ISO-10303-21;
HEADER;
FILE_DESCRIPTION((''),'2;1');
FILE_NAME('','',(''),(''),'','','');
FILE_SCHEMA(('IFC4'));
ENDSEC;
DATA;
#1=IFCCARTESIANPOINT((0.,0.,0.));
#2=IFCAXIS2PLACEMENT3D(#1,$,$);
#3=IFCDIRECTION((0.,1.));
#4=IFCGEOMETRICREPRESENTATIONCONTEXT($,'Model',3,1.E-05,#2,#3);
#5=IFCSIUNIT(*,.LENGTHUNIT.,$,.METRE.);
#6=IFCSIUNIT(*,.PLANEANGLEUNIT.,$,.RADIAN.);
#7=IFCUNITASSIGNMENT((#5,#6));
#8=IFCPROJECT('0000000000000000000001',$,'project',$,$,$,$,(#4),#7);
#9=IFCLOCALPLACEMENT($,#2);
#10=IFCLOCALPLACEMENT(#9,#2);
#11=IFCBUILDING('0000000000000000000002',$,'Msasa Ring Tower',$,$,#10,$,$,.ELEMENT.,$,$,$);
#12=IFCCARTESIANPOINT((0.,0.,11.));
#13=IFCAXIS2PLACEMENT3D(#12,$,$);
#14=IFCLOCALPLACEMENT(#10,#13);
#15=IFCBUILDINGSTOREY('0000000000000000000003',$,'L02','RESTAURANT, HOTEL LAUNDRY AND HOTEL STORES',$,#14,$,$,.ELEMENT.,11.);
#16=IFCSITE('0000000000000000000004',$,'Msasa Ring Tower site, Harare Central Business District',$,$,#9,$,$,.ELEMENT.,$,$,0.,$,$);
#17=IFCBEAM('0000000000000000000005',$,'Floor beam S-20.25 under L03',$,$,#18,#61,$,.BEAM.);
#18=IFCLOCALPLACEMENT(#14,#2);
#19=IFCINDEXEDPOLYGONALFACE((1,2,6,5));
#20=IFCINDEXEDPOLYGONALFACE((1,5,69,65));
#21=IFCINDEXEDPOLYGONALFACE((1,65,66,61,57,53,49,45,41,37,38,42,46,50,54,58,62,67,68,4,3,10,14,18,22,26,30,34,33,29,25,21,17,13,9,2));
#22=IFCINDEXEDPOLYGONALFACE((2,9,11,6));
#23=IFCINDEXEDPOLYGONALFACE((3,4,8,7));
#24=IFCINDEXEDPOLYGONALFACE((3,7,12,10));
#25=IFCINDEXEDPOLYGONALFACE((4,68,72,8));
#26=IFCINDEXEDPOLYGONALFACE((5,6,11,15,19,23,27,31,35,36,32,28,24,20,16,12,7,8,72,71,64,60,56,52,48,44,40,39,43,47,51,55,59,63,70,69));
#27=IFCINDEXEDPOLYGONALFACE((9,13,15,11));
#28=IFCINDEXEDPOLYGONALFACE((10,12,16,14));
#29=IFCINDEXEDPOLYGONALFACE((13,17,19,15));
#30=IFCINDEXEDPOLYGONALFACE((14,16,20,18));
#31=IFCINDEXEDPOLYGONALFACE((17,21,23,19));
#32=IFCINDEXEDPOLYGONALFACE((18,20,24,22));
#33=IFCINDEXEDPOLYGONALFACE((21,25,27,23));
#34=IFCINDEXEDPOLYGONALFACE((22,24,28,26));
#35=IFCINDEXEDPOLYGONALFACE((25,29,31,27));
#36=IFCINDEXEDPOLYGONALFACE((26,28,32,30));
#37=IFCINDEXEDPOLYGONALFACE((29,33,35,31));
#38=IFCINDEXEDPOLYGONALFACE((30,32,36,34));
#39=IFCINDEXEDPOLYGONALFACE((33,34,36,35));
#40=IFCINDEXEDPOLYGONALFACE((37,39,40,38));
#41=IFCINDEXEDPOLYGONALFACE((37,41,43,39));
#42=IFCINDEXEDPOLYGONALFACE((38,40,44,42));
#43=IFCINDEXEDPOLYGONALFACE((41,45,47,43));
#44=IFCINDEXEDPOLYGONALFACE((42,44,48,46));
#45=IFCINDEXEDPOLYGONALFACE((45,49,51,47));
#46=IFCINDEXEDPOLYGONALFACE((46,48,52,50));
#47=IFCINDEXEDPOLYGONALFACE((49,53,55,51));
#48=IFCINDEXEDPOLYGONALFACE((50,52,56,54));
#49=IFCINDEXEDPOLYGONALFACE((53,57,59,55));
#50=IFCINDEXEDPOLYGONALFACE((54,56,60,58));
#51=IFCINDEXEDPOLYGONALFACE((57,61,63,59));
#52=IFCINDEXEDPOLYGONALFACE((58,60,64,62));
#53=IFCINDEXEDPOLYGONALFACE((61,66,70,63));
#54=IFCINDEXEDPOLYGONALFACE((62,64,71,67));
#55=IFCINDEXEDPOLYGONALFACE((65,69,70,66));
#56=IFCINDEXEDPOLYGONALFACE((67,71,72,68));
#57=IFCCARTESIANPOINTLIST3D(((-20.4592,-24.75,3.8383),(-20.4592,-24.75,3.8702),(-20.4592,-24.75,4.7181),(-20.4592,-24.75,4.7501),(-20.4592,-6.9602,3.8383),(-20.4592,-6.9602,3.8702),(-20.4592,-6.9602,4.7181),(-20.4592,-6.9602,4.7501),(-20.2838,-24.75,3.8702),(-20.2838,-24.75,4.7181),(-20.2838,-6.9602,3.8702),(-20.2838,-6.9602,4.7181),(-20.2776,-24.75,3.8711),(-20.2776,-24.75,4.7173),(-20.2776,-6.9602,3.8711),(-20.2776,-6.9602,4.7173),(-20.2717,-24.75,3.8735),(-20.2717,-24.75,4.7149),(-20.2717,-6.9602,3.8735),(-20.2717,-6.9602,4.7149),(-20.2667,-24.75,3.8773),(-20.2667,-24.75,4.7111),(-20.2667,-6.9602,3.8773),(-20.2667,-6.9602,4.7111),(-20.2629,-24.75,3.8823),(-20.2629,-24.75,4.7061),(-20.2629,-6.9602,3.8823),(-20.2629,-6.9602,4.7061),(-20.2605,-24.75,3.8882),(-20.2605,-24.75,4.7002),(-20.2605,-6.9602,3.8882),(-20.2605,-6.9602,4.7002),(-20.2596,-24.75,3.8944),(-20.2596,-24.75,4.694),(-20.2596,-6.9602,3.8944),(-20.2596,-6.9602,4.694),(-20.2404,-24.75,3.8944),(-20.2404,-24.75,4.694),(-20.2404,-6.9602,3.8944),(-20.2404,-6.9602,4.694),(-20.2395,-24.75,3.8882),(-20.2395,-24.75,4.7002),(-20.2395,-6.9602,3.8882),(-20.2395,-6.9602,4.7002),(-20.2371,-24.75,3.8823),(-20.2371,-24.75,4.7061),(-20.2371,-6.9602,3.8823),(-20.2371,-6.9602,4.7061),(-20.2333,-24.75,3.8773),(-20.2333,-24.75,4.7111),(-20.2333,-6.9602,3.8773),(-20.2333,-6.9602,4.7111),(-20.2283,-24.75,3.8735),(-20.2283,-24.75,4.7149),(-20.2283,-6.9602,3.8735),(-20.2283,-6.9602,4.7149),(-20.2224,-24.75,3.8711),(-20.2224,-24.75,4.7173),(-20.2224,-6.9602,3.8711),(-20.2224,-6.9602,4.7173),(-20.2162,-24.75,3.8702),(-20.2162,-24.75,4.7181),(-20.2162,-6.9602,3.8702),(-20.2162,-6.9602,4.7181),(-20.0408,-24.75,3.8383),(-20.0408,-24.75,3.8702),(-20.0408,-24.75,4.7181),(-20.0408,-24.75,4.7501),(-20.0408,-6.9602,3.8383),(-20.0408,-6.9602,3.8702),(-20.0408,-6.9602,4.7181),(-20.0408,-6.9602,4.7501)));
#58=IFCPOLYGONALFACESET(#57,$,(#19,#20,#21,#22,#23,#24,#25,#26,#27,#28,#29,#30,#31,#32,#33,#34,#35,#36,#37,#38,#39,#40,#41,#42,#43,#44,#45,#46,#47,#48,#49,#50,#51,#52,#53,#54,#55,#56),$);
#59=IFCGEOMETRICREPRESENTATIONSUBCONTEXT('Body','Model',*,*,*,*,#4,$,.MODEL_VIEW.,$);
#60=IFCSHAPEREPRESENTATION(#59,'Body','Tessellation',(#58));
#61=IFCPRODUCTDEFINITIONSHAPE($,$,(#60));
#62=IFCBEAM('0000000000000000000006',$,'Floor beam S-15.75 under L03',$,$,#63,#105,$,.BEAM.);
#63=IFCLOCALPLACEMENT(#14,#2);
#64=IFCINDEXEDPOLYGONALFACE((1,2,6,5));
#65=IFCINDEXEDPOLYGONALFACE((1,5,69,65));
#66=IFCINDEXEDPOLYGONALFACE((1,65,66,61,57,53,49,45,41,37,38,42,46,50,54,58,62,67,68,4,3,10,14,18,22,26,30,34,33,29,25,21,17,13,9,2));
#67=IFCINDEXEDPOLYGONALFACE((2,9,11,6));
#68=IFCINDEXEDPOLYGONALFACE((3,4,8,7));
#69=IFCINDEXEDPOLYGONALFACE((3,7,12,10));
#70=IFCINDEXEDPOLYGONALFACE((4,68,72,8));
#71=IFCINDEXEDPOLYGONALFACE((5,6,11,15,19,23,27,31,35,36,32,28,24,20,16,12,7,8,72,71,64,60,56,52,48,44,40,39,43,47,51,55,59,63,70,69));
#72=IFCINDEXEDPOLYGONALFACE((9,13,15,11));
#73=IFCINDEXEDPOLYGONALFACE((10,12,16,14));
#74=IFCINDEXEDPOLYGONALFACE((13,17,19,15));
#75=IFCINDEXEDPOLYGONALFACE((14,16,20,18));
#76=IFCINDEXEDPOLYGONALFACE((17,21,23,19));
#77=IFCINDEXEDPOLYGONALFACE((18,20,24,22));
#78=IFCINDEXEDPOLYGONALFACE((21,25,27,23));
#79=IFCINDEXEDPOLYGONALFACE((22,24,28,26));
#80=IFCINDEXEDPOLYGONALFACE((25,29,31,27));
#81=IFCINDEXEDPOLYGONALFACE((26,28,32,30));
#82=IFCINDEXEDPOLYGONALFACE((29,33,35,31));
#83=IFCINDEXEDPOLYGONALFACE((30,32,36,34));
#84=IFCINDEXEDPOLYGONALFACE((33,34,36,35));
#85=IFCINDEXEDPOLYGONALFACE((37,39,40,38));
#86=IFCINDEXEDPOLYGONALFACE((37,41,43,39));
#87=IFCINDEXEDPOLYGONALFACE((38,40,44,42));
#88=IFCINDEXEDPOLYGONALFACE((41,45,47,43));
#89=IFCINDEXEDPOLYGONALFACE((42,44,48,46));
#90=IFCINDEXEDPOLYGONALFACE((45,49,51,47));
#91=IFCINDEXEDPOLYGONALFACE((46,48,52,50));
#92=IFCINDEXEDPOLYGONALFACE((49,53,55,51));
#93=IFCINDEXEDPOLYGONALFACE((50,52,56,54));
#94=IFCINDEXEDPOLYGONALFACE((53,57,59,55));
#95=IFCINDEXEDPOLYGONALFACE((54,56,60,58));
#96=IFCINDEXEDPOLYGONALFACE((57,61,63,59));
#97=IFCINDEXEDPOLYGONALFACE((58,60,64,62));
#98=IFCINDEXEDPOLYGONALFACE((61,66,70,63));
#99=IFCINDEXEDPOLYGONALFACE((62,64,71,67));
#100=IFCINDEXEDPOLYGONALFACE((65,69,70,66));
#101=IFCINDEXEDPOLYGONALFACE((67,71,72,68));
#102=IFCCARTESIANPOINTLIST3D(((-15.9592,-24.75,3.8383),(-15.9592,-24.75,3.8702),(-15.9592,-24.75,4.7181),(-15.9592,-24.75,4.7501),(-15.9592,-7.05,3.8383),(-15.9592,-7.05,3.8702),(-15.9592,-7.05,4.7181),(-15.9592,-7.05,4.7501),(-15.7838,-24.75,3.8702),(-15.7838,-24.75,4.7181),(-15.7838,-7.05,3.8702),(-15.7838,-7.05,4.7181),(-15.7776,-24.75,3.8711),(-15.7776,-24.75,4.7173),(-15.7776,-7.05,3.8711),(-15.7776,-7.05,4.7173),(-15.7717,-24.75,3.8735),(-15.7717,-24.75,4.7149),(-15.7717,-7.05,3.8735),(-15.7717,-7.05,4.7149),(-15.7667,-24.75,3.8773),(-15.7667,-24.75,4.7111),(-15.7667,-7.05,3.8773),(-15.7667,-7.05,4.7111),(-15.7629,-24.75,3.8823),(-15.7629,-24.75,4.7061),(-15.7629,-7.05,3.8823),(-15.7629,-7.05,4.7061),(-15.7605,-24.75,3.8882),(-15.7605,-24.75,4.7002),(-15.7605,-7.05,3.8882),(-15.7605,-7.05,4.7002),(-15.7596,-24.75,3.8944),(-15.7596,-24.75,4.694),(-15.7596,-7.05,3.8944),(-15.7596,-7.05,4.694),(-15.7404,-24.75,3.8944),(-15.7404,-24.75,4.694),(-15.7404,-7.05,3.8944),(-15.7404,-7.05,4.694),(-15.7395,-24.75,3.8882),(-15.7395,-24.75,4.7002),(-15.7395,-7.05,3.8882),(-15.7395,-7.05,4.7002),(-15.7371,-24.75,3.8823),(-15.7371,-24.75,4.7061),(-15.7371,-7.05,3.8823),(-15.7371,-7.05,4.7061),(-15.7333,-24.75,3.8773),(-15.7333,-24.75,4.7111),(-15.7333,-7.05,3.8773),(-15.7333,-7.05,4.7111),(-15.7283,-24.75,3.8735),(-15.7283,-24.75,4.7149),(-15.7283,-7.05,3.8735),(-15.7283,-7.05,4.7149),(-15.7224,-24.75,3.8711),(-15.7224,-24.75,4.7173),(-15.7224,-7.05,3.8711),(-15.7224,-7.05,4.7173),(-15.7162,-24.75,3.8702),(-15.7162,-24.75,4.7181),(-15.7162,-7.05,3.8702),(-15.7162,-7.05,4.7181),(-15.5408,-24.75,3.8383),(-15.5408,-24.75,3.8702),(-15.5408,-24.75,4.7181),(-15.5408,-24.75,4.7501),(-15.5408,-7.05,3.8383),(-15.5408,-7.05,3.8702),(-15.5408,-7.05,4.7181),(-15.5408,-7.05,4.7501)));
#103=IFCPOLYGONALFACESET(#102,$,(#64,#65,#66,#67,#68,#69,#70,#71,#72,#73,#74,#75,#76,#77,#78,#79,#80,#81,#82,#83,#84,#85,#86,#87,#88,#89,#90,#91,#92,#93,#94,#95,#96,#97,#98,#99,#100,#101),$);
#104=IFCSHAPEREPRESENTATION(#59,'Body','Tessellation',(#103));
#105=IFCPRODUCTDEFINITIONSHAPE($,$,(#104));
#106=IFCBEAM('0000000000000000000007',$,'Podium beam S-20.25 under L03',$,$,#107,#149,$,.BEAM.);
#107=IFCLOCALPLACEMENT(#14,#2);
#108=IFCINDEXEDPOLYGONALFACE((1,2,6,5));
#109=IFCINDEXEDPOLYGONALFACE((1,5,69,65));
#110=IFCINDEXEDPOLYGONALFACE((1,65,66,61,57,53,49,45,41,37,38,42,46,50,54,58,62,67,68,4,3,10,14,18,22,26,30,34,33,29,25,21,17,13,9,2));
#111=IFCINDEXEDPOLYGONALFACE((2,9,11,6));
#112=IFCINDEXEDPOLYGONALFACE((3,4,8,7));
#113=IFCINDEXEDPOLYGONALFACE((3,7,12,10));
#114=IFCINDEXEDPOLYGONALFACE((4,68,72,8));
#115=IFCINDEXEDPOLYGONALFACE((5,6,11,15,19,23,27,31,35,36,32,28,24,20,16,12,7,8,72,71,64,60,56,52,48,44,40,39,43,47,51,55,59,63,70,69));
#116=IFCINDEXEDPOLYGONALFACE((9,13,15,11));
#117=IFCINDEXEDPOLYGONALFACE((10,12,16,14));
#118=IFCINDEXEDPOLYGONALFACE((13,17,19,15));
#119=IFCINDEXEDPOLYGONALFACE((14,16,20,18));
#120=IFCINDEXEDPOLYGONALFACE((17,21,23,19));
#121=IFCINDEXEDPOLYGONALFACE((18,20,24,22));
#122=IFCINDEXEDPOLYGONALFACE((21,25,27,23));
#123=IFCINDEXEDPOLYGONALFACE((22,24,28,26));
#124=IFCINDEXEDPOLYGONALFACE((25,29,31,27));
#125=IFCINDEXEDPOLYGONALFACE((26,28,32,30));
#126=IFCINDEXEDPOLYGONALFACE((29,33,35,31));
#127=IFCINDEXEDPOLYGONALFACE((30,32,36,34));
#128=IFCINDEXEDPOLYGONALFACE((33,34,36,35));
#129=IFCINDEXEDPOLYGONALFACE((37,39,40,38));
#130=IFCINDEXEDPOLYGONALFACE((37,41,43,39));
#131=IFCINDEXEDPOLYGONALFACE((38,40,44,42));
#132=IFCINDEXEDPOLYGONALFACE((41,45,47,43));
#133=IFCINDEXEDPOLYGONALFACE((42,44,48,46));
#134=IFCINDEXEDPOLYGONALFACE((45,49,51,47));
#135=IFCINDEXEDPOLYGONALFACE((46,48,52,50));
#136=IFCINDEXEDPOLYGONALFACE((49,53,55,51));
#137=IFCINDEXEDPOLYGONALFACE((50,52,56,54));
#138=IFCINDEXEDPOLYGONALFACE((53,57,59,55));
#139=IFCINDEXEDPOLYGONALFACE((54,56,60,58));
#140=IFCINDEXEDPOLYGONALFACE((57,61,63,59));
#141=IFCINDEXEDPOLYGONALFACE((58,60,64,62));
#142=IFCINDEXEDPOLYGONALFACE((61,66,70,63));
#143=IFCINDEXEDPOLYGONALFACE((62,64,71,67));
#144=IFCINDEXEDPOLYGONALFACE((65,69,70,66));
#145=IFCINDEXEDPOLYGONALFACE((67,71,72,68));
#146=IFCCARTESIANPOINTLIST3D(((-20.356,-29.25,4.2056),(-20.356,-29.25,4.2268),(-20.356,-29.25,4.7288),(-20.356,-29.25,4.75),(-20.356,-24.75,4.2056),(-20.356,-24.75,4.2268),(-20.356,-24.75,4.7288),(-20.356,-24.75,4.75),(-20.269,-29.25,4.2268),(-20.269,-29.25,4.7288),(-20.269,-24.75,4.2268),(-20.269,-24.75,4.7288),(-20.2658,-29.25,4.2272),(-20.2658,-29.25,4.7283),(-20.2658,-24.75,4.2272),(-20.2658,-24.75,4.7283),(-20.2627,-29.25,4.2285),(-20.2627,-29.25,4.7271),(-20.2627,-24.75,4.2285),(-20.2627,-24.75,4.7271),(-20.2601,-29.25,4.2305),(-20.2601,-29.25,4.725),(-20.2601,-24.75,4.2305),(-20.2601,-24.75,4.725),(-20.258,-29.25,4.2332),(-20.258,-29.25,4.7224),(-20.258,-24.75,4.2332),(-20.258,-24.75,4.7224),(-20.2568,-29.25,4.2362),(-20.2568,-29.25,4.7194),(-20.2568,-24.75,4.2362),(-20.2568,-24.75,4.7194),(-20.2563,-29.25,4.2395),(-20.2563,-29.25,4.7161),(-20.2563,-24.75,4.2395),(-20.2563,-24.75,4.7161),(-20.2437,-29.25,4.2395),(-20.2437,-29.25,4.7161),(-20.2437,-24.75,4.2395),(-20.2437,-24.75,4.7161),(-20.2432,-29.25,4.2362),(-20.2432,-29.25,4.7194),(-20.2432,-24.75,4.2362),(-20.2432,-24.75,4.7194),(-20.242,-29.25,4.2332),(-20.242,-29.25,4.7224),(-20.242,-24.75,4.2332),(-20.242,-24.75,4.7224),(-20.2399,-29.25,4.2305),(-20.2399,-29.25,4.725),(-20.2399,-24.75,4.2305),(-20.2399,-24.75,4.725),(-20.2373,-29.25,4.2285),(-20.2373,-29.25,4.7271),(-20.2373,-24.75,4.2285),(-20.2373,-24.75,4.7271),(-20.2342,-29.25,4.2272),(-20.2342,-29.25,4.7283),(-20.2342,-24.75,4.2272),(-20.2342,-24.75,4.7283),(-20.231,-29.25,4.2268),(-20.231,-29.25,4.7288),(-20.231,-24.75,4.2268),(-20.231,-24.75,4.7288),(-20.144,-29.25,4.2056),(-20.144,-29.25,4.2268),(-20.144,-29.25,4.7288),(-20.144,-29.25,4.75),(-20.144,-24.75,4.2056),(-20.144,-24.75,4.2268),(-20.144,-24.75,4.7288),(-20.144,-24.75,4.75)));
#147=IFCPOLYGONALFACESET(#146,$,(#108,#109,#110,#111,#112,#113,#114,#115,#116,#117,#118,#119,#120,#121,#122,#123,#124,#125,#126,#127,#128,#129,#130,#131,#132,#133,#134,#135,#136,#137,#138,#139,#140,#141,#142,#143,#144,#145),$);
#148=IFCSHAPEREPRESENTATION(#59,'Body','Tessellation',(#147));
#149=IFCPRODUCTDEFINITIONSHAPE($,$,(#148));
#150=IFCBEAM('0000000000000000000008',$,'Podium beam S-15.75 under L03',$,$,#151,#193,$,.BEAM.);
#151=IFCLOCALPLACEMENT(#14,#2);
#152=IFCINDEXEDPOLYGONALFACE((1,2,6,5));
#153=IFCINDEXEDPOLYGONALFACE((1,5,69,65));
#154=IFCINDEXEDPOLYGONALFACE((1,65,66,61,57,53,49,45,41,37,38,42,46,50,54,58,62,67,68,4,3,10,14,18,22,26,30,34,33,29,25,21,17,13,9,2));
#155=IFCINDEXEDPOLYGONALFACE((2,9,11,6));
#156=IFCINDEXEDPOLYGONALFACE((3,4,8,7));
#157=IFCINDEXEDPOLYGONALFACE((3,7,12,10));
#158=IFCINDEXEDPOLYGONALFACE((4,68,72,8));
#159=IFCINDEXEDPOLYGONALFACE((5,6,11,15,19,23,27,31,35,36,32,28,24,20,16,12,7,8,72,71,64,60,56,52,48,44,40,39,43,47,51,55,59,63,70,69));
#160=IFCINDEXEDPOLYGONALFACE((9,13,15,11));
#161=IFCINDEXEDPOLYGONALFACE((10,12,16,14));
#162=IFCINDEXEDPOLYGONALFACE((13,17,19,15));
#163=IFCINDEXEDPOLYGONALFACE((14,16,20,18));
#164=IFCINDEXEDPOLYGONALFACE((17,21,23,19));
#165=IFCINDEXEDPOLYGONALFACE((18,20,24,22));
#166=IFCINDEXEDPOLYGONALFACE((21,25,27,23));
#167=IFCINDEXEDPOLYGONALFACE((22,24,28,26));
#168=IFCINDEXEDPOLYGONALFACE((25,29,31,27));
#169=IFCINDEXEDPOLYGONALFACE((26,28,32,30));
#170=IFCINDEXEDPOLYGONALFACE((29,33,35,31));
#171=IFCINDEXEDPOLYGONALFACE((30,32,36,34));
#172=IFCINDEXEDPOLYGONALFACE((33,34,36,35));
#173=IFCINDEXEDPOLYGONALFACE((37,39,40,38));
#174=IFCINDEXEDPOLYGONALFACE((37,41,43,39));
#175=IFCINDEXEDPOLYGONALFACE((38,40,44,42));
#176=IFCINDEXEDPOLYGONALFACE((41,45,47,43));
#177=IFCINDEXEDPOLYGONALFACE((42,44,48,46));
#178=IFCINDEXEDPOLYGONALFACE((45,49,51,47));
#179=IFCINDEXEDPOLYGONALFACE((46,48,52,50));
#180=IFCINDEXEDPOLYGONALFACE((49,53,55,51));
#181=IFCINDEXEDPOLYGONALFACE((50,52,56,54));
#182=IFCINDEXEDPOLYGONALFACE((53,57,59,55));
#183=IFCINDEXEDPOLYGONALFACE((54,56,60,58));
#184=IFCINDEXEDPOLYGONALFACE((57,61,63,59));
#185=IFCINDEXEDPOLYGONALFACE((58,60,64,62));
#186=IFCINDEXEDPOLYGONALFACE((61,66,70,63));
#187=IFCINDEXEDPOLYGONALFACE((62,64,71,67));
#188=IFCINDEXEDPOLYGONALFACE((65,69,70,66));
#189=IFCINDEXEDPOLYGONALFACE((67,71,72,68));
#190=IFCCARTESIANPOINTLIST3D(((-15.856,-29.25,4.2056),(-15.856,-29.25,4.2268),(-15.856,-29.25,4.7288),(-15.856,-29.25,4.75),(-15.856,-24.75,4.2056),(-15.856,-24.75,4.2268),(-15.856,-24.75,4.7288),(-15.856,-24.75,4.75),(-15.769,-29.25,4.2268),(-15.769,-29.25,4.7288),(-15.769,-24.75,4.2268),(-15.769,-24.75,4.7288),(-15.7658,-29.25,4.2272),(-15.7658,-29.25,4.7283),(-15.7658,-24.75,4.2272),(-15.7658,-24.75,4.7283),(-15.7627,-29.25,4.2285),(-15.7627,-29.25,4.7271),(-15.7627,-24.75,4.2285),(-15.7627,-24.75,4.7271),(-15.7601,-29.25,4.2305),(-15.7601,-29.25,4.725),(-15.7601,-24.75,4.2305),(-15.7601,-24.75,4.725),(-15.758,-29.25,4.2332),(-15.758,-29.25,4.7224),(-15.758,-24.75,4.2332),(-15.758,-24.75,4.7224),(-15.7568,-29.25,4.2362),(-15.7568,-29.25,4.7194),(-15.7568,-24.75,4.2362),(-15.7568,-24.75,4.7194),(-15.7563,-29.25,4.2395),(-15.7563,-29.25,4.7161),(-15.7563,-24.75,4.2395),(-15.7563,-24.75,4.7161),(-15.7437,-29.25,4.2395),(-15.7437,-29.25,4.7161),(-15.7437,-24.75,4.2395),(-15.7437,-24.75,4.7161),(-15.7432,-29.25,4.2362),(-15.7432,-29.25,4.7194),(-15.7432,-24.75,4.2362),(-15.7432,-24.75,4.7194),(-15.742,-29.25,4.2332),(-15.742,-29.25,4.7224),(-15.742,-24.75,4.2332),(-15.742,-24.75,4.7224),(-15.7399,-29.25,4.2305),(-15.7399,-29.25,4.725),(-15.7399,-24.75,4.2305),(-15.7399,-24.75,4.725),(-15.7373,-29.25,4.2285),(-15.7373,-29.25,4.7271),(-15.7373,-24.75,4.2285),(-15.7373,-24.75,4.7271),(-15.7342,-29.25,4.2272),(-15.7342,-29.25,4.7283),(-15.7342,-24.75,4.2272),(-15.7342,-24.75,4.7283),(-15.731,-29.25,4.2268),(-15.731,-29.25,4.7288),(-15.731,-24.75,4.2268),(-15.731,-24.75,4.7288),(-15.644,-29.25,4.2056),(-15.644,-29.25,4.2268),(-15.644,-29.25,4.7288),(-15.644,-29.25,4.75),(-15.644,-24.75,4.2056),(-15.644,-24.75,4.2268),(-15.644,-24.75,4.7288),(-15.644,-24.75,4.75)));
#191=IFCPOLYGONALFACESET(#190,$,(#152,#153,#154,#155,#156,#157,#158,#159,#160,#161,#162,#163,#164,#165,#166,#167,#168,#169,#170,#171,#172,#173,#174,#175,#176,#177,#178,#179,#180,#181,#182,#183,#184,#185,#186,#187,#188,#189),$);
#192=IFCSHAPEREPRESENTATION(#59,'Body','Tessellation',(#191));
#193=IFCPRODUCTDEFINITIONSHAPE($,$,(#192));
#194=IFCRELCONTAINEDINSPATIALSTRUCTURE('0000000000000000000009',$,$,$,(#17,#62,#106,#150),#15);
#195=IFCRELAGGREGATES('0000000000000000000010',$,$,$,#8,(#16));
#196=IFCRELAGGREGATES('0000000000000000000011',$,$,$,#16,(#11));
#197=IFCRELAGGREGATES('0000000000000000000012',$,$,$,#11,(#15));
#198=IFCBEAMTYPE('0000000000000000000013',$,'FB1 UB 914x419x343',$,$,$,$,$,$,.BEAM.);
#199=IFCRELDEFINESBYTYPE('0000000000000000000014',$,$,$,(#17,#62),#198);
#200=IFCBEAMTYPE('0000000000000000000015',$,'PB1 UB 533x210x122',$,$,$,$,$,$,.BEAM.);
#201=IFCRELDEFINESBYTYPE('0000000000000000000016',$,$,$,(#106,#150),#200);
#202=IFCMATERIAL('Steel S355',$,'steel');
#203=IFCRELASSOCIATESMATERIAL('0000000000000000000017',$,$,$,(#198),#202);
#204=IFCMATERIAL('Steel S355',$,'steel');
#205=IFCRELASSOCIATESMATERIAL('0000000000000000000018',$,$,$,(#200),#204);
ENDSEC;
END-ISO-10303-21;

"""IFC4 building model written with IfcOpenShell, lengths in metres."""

from ifc_helpers import new_model, si_unit, direction, frame, origin, origin_2d, place, context, subcontext, project, spatial, i_section, extrude, material, material_profile, profile_set, type_object, element, save


model = new_model("IFC4")

# Units and contexts
model_context = context("Model", 3, precision=1e-05, world=origin(), true_north=direction((0.0, 1.0)))
body_context = subcontext(model_context, "Body", "Model", "MODEL_VIEW")
ifc_project = project(units=[si_unit("LENGTHUNIT", "METRE"), si_unit("PLANEANGLEUNIT", "RADIAN")], contexts=[model_context])

# Site, building, storey
site_placement = place(None, origin())
site = spatial("IfcSite", under=ifc_project, at=site_placement, Name="Msasa Ring Tower site, Harare Central Business District", CompositionType="ELEMENT", RefElevation=0.0)
building_placement = place(site_placement, origin())
building = spatial("IfcBuilding", under=site, at=building_placement, Name="Msasa Ring Tower", CompositionType="ELEMENT")
storey_placement = place(building_placement, frame((0.0, 0.0, 11.0)))
storey = spatial("IfcBuildingStorey", under=building, at=storey_placement, Name="L02", Description="RESTAURANT, HOTEL LAUNDRY AND HOTEL STORES", CompositionType="ELEMENT", Elevation=11.0)

# Beams
ifc_material_1 = material(Name="Steel S355", Category="steel")
ifc_material_profile_1 = material_profile(ifc_material_1, i_section(OverallWidth=0.4185, OverallDepth=0.9119, WebThickness=0.0193, FlangeThickness=0.032, FilletRadius=0.0242, at=origin_2d()), Name="UB 914x419x343")
ifc_profile_set_1 = profile_set([ifc_material_profile_1], Name="Steel S355")
beam_type_1 = type_object("IfcBeamType", Name="FB1 UB 914x419x343", PredefinedType="BEAM", material=ifc_profile_set_1)
beam_1_placement = place(storey_placement, frame((-20.25, -24.75, 4.2942), z_axis=(0.0, 1.0, 0.0), x_axis=(-1.0, 0.0, 0.0)))
element("IfcBeam", 1, at=beam_1_placement, inside=storey, type_object=beam_type_1, Name="Floor beam S-20.25 under L03", PredefinedType="BEAM", context=body_context, shape_type="SweptSolid", body=[
    extrude(i_section(OverallWidth=0.4185, OverallDepth=0.9119, WebThickness=0.0193, FlangeThickness=0.032, FilletRadius=0.0242, at=origin_2d()), origin(), (0.0, 0.0, 1.0), 17.7898),
])
beam_2_placement = place(storey_placement, frame((-15.75, -24.75, 4.2942), z_axis=(0.0, 1.0, 0.0), x_axis=(-1.0, 0.0, 0.0)))
element("IfcBeam", 2, at=beam_2_placement, inside=storey, type_object=beam_type_1, Name="Floor beam S-15.75 under L03", PredefinedType="BEAM", context=body_context, shape_type="SweptSolid", body=[
    extrude(i_section(OverallWidth=0.4185, OverallDepth=0.9119, WebThickness=0.0193, FlangeThickness=0.032, FilletRadius=0.0242, at=origin_2d()), origin(), (0.0, 0.0, 1.0), 17.7),
])
ifc_material_2 = material(Name="Steel S355", Category="steel")
ifc_material_profile_2 = material_profile(ifc_material_2, i_section(OverallWidth=0.2119, OverallDepth=0.5444, WebThickness=0.0127, FlangeThickness=0.0212, FilletRadius=0.0127, at=origin_2d()), Name="UB 533x210x122")
ifc_profile_set_2 = profile_set([ifc_material_profile_2], Name="Steel S355")
beam_type_2 = type_object("IfcBeamType", Name="PB1 UB 533x210x122", PredefinedType="BEAM", material=ifc_profile_set_2)
for number, where, z_axis, x_axis, name in (
    (3, (-20.25, -29.25, 4.4778), (0.0, 1.0, 0.0), (-1.0, 0.0, 0.0), "Podium beam S-20.25 under L03"),
    (4, (-15.75, -29.25, 4.4778), (0.0, 1.0, 0.0), (-1.0, 0.0, 0.0), "Podium beam S-15.75 under L03"),
):
    element("IfcBeam", number, at=place(storey_placement, frame(where, z_axis=z_axis, x_axis=x_axis)), inside=storey, type_object=beam_type_2, Name=name, PredefinedType="BEAM", context=body_context, shape_type="SweptSolid", body=[
        extrude(i_section(OverallWidth=0.2119, OverallDepth=0.5444, WebThickness=0.0127, FlangeThickness=0.0212, FilletRadius=0.0127, at=origin_2d()), origin(), (0.0, 0.0, 1.0), 4.5),
    ])

save(model, "model.ifc")
